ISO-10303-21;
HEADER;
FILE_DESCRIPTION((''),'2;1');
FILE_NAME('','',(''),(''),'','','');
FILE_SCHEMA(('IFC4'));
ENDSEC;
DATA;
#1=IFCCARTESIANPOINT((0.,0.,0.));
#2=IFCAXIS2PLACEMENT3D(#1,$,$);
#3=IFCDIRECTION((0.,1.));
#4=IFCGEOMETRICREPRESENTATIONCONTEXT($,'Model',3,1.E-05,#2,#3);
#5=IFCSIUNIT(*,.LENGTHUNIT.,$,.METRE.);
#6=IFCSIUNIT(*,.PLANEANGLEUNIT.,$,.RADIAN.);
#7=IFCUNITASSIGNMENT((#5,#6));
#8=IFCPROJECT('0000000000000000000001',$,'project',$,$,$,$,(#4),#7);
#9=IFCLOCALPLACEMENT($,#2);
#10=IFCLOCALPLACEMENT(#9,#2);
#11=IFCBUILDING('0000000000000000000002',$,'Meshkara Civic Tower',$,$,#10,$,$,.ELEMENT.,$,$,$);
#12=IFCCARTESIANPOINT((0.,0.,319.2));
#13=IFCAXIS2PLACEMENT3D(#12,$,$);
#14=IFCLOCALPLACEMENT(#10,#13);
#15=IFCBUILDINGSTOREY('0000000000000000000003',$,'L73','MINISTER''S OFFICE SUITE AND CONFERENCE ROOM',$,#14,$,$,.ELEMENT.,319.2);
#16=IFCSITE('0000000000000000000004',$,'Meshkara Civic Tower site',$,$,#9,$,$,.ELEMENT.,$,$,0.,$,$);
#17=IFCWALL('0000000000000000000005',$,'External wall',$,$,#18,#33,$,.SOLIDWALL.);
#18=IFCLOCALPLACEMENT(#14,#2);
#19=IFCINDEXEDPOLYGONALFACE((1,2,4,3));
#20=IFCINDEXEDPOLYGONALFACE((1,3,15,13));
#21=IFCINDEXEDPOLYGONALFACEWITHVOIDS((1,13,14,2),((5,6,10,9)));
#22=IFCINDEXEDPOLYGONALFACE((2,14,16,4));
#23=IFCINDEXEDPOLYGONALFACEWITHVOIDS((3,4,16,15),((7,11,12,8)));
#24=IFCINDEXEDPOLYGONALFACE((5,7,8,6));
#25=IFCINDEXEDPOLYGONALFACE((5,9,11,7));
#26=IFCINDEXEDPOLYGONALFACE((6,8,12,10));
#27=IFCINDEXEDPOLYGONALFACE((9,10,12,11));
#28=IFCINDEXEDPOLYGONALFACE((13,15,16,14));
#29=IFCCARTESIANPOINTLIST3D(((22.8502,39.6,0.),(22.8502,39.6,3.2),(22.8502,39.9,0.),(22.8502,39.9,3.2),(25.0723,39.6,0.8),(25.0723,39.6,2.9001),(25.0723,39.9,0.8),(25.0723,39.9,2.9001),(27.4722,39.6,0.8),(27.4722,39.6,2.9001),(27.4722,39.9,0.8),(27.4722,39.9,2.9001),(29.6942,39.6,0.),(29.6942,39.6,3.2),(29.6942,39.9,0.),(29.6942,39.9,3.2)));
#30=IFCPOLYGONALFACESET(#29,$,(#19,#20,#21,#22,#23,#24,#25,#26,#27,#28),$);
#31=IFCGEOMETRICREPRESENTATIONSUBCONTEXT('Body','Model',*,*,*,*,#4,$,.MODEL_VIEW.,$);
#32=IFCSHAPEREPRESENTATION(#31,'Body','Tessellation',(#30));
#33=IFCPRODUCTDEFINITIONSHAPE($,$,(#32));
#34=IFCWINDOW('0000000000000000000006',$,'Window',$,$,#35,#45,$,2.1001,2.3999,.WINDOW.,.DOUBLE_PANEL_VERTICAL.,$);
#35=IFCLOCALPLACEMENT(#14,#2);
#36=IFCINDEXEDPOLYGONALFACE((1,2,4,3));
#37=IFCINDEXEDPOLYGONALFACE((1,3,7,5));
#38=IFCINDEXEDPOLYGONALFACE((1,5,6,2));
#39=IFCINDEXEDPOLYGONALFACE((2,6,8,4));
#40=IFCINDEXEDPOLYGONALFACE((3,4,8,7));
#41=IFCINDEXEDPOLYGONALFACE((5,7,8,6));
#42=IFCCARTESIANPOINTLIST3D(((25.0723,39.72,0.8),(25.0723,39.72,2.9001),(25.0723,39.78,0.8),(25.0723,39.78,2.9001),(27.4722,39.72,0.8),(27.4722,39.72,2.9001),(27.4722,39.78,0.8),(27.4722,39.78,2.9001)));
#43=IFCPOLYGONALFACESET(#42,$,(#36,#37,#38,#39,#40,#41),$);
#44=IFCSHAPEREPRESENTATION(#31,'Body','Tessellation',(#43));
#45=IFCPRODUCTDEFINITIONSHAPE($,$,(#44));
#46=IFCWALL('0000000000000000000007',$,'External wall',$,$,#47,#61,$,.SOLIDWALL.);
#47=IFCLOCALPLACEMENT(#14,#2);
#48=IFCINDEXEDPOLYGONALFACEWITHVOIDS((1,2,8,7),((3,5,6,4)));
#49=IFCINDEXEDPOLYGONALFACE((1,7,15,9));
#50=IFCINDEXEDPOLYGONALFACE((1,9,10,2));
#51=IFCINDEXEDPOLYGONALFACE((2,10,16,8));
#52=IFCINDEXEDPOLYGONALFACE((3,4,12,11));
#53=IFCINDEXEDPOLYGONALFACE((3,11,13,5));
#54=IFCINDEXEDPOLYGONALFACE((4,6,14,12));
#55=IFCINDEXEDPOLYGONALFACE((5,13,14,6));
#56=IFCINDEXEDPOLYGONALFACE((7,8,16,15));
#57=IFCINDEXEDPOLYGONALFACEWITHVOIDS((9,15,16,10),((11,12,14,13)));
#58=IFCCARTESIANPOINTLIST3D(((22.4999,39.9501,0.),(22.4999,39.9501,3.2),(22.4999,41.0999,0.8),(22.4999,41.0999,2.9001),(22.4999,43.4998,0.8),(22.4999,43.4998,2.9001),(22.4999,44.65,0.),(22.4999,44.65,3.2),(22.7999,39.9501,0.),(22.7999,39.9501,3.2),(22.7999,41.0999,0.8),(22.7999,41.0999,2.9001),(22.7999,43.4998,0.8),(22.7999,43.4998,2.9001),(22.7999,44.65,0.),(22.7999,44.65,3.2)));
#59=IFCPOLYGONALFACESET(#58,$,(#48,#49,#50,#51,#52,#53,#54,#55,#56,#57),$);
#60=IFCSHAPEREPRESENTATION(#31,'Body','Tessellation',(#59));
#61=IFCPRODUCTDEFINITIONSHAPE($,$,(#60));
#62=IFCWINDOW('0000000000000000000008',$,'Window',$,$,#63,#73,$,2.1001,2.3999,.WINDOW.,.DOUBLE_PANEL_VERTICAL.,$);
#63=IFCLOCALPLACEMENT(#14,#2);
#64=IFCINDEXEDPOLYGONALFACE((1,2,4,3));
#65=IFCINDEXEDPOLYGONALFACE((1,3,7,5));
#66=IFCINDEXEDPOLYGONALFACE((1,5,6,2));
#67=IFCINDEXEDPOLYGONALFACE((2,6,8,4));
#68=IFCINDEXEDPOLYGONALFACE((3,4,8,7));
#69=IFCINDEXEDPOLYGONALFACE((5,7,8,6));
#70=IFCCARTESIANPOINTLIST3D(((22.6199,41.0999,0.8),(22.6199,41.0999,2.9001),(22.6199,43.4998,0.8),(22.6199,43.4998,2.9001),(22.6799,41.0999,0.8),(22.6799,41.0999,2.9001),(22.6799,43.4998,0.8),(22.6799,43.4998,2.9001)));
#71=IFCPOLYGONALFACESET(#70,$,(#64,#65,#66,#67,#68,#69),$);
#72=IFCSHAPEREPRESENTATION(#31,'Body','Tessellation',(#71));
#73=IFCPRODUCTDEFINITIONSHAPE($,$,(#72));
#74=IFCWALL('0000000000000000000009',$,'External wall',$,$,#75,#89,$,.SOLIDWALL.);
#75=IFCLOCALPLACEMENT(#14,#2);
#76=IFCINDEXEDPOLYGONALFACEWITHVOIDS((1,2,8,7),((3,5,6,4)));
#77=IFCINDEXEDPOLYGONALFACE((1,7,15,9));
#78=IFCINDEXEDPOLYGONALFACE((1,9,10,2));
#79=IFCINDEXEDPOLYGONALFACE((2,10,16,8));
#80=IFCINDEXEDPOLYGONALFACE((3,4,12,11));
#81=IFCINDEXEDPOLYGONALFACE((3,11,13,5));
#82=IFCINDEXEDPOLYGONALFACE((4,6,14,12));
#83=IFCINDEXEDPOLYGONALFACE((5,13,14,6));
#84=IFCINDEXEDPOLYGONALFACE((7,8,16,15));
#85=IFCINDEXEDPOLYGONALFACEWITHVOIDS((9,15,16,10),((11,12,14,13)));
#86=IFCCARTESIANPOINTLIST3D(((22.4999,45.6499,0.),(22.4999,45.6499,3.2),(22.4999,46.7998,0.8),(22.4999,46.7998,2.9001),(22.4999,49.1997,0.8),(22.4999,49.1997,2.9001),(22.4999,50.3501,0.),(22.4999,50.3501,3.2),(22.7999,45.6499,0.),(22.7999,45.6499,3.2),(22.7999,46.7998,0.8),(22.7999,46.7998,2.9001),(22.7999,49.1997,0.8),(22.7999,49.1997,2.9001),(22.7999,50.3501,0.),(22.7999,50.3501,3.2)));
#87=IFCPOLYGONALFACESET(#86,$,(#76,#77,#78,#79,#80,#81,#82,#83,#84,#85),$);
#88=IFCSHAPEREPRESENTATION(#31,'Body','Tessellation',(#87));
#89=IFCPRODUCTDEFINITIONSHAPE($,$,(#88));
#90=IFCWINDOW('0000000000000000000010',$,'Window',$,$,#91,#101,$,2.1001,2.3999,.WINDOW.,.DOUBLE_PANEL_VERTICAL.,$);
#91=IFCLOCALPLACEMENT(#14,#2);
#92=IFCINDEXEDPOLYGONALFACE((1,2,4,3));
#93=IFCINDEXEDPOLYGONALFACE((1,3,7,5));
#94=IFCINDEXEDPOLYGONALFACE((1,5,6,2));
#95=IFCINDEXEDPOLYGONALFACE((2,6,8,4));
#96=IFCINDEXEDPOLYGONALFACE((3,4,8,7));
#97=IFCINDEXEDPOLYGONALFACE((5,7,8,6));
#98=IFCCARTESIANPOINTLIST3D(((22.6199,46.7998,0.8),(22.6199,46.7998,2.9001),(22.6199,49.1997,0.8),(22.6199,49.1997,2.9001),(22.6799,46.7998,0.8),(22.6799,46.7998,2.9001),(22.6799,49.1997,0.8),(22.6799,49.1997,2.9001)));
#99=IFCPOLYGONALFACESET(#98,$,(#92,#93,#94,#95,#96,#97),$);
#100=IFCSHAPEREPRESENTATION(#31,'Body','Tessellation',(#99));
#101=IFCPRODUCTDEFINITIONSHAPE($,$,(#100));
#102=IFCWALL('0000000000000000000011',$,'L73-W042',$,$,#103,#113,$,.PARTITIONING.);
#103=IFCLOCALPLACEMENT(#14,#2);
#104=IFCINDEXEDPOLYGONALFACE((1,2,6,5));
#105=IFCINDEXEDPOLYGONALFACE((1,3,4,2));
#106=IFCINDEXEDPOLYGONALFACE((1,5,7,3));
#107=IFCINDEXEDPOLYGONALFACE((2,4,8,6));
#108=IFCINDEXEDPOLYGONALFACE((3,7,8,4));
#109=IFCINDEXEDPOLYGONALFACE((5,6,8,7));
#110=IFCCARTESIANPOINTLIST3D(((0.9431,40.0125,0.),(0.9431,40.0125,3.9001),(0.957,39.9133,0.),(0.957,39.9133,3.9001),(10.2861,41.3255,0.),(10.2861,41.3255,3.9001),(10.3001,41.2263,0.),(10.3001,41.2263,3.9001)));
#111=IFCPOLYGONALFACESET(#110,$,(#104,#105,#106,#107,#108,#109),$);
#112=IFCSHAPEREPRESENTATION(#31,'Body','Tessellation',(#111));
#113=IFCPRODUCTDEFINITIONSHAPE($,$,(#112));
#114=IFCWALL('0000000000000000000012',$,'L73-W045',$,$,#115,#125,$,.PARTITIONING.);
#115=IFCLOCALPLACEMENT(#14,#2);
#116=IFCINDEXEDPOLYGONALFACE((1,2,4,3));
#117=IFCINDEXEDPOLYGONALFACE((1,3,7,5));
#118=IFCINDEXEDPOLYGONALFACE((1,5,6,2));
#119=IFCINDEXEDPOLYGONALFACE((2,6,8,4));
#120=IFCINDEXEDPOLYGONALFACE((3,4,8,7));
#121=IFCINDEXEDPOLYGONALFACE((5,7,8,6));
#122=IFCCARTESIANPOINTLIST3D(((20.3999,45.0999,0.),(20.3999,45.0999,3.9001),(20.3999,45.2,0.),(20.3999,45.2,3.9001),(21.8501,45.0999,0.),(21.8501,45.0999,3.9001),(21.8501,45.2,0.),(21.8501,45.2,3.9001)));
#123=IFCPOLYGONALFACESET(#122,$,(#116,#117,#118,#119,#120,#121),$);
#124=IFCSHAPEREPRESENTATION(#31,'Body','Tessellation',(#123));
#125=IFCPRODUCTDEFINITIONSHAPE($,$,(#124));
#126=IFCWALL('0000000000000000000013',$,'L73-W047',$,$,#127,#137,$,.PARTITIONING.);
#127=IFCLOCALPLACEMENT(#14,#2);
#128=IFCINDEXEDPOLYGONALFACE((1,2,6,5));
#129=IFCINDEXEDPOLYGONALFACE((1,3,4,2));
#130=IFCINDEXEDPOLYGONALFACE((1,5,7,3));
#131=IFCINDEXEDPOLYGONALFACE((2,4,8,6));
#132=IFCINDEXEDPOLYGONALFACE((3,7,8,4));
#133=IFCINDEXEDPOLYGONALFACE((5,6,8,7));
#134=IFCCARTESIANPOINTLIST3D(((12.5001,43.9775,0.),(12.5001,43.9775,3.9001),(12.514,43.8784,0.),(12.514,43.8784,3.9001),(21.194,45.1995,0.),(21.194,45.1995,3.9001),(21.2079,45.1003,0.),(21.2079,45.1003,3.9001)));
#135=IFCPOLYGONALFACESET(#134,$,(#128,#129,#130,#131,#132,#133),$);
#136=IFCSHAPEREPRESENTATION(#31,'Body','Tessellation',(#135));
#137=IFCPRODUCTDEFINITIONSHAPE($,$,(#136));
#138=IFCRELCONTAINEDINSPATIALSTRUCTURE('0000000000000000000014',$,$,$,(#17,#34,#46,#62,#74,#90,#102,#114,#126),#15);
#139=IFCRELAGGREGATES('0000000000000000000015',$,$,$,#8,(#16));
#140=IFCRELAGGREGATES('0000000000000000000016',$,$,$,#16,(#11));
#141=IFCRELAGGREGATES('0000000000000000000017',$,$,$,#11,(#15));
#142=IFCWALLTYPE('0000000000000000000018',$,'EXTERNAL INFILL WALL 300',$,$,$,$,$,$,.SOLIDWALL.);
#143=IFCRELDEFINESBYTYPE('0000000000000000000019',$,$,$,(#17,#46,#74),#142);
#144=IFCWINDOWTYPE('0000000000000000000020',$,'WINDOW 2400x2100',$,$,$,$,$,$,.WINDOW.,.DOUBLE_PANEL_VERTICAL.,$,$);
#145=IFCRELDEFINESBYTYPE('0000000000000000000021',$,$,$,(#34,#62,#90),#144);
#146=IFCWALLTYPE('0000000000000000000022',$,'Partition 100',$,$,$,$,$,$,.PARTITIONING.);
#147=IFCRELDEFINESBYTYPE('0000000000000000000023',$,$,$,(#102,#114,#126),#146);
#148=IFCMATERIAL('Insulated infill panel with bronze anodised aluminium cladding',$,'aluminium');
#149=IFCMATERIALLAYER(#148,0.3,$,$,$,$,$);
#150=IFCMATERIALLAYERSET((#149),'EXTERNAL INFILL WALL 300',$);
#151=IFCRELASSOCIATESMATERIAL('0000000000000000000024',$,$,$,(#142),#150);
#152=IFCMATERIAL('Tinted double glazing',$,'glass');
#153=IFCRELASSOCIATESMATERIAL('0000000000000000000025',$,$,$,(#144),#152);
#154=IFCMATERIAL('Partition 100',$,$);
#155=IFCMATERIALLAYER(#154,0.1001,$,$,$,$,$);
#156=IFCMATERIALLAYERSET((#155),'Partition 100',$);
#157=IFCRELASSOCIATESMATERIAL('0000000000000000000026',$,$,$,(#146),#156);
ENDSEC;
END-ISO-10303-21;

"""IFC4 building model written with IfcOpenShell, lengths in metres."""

from ifc_helpers import new_model, si_unit, direction, frame, frame_2d, origin, place, context, subcontext, project, spatial, rectangle, extrude, material, layer, layer_set, type_object, element, fill, save


model = new_model("IFC4")

# Units and contexts
model_context = context("Model", 3, precision=1e-05, world=origin(), true_north=direction((0.0, 1.0)))
body_context = subcontext(model_context, "Body", "Model", "MODEL_VIEW")
ifc_project = project(units=[si_unit("LENGTHUNIT", "METRE"), si_unit("PLANEANGLEUNIT", "RADIAN")], contexts=[model_context])

# Site, building, storey
site_placement = place(None, origin())
site = spatial("IfcSite", under=ifc_project, at=site_placement, Name="Meshkara Civic Tower site", CompositionType="ELEMENT", RefElevation=0.0)
building_placement = place(site_placement, origin())
building = spatial("IfcBuilding", under=site, at=building_placement, Name="Meshkara Civic Tower", CompositionType="ELEMENT")
storey_placement = place(building_placement, frame((0.0, 0.0, 319.2)))
storey = spatial("IfcBuildingStorey", under=building, at=storey_placement, Name="L73", Description="MINISTER'S OFFICE SUITE AND CONFERENCE ROOM", CompositionType="ELEMENT", Elevation=319.2)

# Walls, openings, windows
ifc_material_1 = material(Name="Insulated infill panel with bronze anodised aluminium cladding", Category="aluminium")
ifc_layer_1 = layer(ifc_material_1, 0.3)
ifc_layer_set_1 = layer_set([ifc_layer_1], Name="EXTERNAL INFILL WALL 300")
wall_type_1 = type_object("IfcWallType", Name="EXTERNAL INFILL WALL 300", PredefinedType="SOLIDWALL", material=ifc_layer_set_1)
wall_1_placement = place(storey_placement, frame((29.6941, 39.75, 0.0), z_axis=(0.0, 0.0, 1.0), x_axis=(-1.0, 0.0, 0.0)))
wall_1 = element("IfcWall", 1, at=wall_1_placement, inside=storey, type_object=wall_type_1, Name="External wall", PredefinedType="SOLIDWALL", context=body_context, shape_type="SweptSolid", body=[
    extrude(rectangle(XDim=6.844, YDim=0.3, at=frame_2d((3.4219, 0.0))), origin(), (0.0, 0.0, 1.0), 3.2),
])
opening_1_placement = place(wall_1_placement, frame((2.2219, 0.0, 0.8)))
opening_1 = element("IfcOpeningElement", 2, at=opening_1_placement, cuts=wall_1, PredefinedType="OPENING", context=body_context, shape_type="SweptSolid", body=[
    extrude(rectangle(XDim=2.3999, YDim=2.1001, at=frame_2d((1.2, 1.05))), frame((0.0, 0.1599, 0.0), z_axis=(0.0, -1.0, 0.0), x_axis=(1.0, 0.0, 0.0)), (0.0, 0.0, 1.0), 0.3201),
])
ifc_material_2 = material(Name="Tinted double glazing", Category="glass")
window_type = type_object("IfcWindowType", Name="WINDOW 2400x2100", PartitioningType="DOUBLE_PANEL_VERTICAL", PredefinedType="WINDOW", material=ifc_material_2)
window_1_placement = place(opening_1_placement, origin())
window_1 = element("IfcWindow", 3, at=window_1_placement, inside=storey, type_object=window_type, Name="Window", OverallHeight=2.1001, OverallWidth=2.3999, PartitioningType="DOUBLE_PANEL_VERTICAL", PredefinedType="WINDOW", context=body_context, shape_type="SweptSolid", body=[
    extrude(rectangle(XDim=2.3999, YDim=2.1001, at=frame_2d((1.2, 1.05))), frame((0.0, 0.03, 0.0), z_axis=(0.0, -1.0, 0.0), x_axis=(1.0, 0.0, 0.0)), (0.0, 0.0, 1.0), 0.0601),
])
fill(opening_1, window_1)
wall_2_placement = place(storey_placement, frame((22.6499, 39.95, 0.0), z_axis=(0.0, 0.0, 1.0), x_axis=(0.0, 1.0, 0.0)))
wall_2 = element("IfcWall", 4, at=wall_2_placement, inside=storey, type_object=wall_type_1, Name="External wall", PredefinedType="SOLIDWALL", context=body_context, shape_type="SweptSolid", body=[
    extrude(rectangle(XDim=4.7, YDim=0.3, at=frame_2d((2.3501, 0.0))), origin(), (0.0, 0.0, 1.0), 3.2),
])
opening_2_placement = place(wall_2_placement, frame((1.1499, 0.0, 0.8)))
opening_2 = element("IfcOpeningElement", 5, at=opening_2_placement, cuts=wall_2, PredefinedType="OPENING", context=body_context, shape_type="SweptSolid", body=[
    extrude(rectangle(XDim=2.3999, YDim=2.1001, at=frame_2d((1.2, 1.05))), frame((0.0, 0.1599, 0.0), z_axis=(0.0, -1.0, 0.0), x_axis=(1.0, 0.0, 0.0)), (0.0, 0.0, 1.0), 0.3201),
])
window_2_placement = place(opening_2_placement, origin())
window_2 = element("IfcWindow", 6, at=window_2_placement, inside=storey, type_object=window_type, Name="Window", OverallHeight=2.1001, OverallWidth=2.3999, PartitioningType="DOUBLE_PANEL_VERTICAL", PredefinedType="WINDOW", context=body_context, shape_type="SweptSolid", body=[
    extrude(rectangle(XDim=2.3999, YDim=2.1001, at=frame_2d((1.2, 1.05))), frame((0.0, 0.03, 0.0), z_axis=(0.0, -1.0, 0.0), x_axis=(1.0, 0.0, 0.0)), (0.0, 0.0, 1.0), 0.0601),
])
fill(opening_2, window_2)
wall_3_placement = place(storey_placement, frame((22.6499, 45.6499, 0.0), z_axis=(0.0, 0.0, 1.0), x_axis=(0.0, 1.0, 0.0)))
wall_3 = element("IfcWall", 7, at=wall_3_placement, inside=storey, type_object=wall_type_1, Name="External wall", PredefinedType="SOLIDWALL", context=body_context, shape_type="SweptSolid", body=[
    extrude(rectangle(XDim=4.7002, YDim=0.3, at=frame_2d((2.3501, 0.0))), origin(), (0.0, 0.0, 1.0), 3.2),
])
opening_3_placement = place(wall_3_placement, frame((1.1499, 0.0, 0.8)))
opening_3 = element("IfcOpeningElement", 8, at=opening_3_placement, cuts=wall_3, PredefinedType="OPENING", context=body_context, shape_type="SweptSolid", body=[
    extrude(rectangle(XDim=2.3999, YDim=2.1001, at=frame_2d((1.2, 1.05))), frame((0.0, 0.1599, 0.0), z_axis=(0.0, -1.0, 0.0), x_axis=(1.0, 0.0, 0.0)), (0.0, 0.0, 1.0), 0.3201),
])
window_3_placement = place(opening_3_placement, origin())
window_3 = element("IfcWindow", 9, at=window_3_placement, inside=storey, type_object=window_type, Name="Window", OverallHeight=2.1001, OverallWidth=2.3999, PartitioningType="DOUBLE_PANEL_VERTICAL", PredefinedType="WINDOW", context=body_context, shape_type="SweptSolid", body=[
    extrude(rectangle(XDim=2.3999, YDim=2.1001, at=frame_2d((1.2, 1.05))), frame((0.0, 0.03, 0.0), z_axis=(0.0, -1.0, 0.0), x_axis=(1.0, 0.0, 0.0)), (0.0, 0.0, 1.0), 0.0601),
])
fill(opening_3, window_3)

# Walls
ifc_material_3 = material(Name="Partition 100")
ifc_layer_2 = layer(ifc_material_3, 0.1001)
ifc_layer_set_2 = layer_set([ifc_layer_2], Name="Partition 100")
wall_type_2 = type_object("IfcWallType", Name="Partition 100", PredefinedType="PARTITIONING", material=ifc_layer_set_2)
wall_4_placement = place(storey_placement, frame((10.293, 41.2759, 0.0), z_axis=(0.0, 0.0, 1.0), x_axis=(-0.990269, -0.139164, 0.0)))
element("IfcWall", 10, at=wall_4_placement, inside=storey, type_object=wall_type_2, Name="L73-W042", PredefinedType="PARTITIONING", context=body_context, shape_type="SweptSolid", body=[
    extrude(rectangle(XDim=9.4348, YDim=0.1001, at=frame_2d((4.7173, 0.0))), origin(), (0.0, 0.0, 1.0), 3.9001),
])
wall_5_placement = place(storey_placement, frame((20.3999, 45.1499, 0.0), z_axis=(0.0, 0.0, 1.0), x_axis=(1.0, 0.0, 0.0)))
element("IfcWall", 11, at=wall_5_placement, inside=storey, type_object=wall_type_2, Name="L73-W045", PredefinedType="PARTITIONING", context=body_context, shape_type="SweptSolid", body=[
    extrude(rectangle(XDim=1.4502, YDim=0.1001, at=frame_2d((0.7251, 0.0))), origin(), (0.0, 0.0, 1.0), 3.9001),
])
wall_6_placement = place(storey_placement, frame((21.2009, 45.1499, 0.0), z_axis=(0.0, 0.0, 1.0), x_axis=(-0.990267, -0.139182, 0.0)))
element("IfcWall", 12, at=wall_6_placement, inside=storey, type_object=wall_type_2, Name="L73-W047", PredefinedType="PARTITIONING", context=body_context, shape_type="SweptSolid", body=[
    extrude(rectangle(XDim=8.7793, YDim=0.1001, at=frame_2d((4.3896, 0.0))), origin(), (0.0, 0.0, 1.0), 3.9001),
])

save(model, "model.ifc")
